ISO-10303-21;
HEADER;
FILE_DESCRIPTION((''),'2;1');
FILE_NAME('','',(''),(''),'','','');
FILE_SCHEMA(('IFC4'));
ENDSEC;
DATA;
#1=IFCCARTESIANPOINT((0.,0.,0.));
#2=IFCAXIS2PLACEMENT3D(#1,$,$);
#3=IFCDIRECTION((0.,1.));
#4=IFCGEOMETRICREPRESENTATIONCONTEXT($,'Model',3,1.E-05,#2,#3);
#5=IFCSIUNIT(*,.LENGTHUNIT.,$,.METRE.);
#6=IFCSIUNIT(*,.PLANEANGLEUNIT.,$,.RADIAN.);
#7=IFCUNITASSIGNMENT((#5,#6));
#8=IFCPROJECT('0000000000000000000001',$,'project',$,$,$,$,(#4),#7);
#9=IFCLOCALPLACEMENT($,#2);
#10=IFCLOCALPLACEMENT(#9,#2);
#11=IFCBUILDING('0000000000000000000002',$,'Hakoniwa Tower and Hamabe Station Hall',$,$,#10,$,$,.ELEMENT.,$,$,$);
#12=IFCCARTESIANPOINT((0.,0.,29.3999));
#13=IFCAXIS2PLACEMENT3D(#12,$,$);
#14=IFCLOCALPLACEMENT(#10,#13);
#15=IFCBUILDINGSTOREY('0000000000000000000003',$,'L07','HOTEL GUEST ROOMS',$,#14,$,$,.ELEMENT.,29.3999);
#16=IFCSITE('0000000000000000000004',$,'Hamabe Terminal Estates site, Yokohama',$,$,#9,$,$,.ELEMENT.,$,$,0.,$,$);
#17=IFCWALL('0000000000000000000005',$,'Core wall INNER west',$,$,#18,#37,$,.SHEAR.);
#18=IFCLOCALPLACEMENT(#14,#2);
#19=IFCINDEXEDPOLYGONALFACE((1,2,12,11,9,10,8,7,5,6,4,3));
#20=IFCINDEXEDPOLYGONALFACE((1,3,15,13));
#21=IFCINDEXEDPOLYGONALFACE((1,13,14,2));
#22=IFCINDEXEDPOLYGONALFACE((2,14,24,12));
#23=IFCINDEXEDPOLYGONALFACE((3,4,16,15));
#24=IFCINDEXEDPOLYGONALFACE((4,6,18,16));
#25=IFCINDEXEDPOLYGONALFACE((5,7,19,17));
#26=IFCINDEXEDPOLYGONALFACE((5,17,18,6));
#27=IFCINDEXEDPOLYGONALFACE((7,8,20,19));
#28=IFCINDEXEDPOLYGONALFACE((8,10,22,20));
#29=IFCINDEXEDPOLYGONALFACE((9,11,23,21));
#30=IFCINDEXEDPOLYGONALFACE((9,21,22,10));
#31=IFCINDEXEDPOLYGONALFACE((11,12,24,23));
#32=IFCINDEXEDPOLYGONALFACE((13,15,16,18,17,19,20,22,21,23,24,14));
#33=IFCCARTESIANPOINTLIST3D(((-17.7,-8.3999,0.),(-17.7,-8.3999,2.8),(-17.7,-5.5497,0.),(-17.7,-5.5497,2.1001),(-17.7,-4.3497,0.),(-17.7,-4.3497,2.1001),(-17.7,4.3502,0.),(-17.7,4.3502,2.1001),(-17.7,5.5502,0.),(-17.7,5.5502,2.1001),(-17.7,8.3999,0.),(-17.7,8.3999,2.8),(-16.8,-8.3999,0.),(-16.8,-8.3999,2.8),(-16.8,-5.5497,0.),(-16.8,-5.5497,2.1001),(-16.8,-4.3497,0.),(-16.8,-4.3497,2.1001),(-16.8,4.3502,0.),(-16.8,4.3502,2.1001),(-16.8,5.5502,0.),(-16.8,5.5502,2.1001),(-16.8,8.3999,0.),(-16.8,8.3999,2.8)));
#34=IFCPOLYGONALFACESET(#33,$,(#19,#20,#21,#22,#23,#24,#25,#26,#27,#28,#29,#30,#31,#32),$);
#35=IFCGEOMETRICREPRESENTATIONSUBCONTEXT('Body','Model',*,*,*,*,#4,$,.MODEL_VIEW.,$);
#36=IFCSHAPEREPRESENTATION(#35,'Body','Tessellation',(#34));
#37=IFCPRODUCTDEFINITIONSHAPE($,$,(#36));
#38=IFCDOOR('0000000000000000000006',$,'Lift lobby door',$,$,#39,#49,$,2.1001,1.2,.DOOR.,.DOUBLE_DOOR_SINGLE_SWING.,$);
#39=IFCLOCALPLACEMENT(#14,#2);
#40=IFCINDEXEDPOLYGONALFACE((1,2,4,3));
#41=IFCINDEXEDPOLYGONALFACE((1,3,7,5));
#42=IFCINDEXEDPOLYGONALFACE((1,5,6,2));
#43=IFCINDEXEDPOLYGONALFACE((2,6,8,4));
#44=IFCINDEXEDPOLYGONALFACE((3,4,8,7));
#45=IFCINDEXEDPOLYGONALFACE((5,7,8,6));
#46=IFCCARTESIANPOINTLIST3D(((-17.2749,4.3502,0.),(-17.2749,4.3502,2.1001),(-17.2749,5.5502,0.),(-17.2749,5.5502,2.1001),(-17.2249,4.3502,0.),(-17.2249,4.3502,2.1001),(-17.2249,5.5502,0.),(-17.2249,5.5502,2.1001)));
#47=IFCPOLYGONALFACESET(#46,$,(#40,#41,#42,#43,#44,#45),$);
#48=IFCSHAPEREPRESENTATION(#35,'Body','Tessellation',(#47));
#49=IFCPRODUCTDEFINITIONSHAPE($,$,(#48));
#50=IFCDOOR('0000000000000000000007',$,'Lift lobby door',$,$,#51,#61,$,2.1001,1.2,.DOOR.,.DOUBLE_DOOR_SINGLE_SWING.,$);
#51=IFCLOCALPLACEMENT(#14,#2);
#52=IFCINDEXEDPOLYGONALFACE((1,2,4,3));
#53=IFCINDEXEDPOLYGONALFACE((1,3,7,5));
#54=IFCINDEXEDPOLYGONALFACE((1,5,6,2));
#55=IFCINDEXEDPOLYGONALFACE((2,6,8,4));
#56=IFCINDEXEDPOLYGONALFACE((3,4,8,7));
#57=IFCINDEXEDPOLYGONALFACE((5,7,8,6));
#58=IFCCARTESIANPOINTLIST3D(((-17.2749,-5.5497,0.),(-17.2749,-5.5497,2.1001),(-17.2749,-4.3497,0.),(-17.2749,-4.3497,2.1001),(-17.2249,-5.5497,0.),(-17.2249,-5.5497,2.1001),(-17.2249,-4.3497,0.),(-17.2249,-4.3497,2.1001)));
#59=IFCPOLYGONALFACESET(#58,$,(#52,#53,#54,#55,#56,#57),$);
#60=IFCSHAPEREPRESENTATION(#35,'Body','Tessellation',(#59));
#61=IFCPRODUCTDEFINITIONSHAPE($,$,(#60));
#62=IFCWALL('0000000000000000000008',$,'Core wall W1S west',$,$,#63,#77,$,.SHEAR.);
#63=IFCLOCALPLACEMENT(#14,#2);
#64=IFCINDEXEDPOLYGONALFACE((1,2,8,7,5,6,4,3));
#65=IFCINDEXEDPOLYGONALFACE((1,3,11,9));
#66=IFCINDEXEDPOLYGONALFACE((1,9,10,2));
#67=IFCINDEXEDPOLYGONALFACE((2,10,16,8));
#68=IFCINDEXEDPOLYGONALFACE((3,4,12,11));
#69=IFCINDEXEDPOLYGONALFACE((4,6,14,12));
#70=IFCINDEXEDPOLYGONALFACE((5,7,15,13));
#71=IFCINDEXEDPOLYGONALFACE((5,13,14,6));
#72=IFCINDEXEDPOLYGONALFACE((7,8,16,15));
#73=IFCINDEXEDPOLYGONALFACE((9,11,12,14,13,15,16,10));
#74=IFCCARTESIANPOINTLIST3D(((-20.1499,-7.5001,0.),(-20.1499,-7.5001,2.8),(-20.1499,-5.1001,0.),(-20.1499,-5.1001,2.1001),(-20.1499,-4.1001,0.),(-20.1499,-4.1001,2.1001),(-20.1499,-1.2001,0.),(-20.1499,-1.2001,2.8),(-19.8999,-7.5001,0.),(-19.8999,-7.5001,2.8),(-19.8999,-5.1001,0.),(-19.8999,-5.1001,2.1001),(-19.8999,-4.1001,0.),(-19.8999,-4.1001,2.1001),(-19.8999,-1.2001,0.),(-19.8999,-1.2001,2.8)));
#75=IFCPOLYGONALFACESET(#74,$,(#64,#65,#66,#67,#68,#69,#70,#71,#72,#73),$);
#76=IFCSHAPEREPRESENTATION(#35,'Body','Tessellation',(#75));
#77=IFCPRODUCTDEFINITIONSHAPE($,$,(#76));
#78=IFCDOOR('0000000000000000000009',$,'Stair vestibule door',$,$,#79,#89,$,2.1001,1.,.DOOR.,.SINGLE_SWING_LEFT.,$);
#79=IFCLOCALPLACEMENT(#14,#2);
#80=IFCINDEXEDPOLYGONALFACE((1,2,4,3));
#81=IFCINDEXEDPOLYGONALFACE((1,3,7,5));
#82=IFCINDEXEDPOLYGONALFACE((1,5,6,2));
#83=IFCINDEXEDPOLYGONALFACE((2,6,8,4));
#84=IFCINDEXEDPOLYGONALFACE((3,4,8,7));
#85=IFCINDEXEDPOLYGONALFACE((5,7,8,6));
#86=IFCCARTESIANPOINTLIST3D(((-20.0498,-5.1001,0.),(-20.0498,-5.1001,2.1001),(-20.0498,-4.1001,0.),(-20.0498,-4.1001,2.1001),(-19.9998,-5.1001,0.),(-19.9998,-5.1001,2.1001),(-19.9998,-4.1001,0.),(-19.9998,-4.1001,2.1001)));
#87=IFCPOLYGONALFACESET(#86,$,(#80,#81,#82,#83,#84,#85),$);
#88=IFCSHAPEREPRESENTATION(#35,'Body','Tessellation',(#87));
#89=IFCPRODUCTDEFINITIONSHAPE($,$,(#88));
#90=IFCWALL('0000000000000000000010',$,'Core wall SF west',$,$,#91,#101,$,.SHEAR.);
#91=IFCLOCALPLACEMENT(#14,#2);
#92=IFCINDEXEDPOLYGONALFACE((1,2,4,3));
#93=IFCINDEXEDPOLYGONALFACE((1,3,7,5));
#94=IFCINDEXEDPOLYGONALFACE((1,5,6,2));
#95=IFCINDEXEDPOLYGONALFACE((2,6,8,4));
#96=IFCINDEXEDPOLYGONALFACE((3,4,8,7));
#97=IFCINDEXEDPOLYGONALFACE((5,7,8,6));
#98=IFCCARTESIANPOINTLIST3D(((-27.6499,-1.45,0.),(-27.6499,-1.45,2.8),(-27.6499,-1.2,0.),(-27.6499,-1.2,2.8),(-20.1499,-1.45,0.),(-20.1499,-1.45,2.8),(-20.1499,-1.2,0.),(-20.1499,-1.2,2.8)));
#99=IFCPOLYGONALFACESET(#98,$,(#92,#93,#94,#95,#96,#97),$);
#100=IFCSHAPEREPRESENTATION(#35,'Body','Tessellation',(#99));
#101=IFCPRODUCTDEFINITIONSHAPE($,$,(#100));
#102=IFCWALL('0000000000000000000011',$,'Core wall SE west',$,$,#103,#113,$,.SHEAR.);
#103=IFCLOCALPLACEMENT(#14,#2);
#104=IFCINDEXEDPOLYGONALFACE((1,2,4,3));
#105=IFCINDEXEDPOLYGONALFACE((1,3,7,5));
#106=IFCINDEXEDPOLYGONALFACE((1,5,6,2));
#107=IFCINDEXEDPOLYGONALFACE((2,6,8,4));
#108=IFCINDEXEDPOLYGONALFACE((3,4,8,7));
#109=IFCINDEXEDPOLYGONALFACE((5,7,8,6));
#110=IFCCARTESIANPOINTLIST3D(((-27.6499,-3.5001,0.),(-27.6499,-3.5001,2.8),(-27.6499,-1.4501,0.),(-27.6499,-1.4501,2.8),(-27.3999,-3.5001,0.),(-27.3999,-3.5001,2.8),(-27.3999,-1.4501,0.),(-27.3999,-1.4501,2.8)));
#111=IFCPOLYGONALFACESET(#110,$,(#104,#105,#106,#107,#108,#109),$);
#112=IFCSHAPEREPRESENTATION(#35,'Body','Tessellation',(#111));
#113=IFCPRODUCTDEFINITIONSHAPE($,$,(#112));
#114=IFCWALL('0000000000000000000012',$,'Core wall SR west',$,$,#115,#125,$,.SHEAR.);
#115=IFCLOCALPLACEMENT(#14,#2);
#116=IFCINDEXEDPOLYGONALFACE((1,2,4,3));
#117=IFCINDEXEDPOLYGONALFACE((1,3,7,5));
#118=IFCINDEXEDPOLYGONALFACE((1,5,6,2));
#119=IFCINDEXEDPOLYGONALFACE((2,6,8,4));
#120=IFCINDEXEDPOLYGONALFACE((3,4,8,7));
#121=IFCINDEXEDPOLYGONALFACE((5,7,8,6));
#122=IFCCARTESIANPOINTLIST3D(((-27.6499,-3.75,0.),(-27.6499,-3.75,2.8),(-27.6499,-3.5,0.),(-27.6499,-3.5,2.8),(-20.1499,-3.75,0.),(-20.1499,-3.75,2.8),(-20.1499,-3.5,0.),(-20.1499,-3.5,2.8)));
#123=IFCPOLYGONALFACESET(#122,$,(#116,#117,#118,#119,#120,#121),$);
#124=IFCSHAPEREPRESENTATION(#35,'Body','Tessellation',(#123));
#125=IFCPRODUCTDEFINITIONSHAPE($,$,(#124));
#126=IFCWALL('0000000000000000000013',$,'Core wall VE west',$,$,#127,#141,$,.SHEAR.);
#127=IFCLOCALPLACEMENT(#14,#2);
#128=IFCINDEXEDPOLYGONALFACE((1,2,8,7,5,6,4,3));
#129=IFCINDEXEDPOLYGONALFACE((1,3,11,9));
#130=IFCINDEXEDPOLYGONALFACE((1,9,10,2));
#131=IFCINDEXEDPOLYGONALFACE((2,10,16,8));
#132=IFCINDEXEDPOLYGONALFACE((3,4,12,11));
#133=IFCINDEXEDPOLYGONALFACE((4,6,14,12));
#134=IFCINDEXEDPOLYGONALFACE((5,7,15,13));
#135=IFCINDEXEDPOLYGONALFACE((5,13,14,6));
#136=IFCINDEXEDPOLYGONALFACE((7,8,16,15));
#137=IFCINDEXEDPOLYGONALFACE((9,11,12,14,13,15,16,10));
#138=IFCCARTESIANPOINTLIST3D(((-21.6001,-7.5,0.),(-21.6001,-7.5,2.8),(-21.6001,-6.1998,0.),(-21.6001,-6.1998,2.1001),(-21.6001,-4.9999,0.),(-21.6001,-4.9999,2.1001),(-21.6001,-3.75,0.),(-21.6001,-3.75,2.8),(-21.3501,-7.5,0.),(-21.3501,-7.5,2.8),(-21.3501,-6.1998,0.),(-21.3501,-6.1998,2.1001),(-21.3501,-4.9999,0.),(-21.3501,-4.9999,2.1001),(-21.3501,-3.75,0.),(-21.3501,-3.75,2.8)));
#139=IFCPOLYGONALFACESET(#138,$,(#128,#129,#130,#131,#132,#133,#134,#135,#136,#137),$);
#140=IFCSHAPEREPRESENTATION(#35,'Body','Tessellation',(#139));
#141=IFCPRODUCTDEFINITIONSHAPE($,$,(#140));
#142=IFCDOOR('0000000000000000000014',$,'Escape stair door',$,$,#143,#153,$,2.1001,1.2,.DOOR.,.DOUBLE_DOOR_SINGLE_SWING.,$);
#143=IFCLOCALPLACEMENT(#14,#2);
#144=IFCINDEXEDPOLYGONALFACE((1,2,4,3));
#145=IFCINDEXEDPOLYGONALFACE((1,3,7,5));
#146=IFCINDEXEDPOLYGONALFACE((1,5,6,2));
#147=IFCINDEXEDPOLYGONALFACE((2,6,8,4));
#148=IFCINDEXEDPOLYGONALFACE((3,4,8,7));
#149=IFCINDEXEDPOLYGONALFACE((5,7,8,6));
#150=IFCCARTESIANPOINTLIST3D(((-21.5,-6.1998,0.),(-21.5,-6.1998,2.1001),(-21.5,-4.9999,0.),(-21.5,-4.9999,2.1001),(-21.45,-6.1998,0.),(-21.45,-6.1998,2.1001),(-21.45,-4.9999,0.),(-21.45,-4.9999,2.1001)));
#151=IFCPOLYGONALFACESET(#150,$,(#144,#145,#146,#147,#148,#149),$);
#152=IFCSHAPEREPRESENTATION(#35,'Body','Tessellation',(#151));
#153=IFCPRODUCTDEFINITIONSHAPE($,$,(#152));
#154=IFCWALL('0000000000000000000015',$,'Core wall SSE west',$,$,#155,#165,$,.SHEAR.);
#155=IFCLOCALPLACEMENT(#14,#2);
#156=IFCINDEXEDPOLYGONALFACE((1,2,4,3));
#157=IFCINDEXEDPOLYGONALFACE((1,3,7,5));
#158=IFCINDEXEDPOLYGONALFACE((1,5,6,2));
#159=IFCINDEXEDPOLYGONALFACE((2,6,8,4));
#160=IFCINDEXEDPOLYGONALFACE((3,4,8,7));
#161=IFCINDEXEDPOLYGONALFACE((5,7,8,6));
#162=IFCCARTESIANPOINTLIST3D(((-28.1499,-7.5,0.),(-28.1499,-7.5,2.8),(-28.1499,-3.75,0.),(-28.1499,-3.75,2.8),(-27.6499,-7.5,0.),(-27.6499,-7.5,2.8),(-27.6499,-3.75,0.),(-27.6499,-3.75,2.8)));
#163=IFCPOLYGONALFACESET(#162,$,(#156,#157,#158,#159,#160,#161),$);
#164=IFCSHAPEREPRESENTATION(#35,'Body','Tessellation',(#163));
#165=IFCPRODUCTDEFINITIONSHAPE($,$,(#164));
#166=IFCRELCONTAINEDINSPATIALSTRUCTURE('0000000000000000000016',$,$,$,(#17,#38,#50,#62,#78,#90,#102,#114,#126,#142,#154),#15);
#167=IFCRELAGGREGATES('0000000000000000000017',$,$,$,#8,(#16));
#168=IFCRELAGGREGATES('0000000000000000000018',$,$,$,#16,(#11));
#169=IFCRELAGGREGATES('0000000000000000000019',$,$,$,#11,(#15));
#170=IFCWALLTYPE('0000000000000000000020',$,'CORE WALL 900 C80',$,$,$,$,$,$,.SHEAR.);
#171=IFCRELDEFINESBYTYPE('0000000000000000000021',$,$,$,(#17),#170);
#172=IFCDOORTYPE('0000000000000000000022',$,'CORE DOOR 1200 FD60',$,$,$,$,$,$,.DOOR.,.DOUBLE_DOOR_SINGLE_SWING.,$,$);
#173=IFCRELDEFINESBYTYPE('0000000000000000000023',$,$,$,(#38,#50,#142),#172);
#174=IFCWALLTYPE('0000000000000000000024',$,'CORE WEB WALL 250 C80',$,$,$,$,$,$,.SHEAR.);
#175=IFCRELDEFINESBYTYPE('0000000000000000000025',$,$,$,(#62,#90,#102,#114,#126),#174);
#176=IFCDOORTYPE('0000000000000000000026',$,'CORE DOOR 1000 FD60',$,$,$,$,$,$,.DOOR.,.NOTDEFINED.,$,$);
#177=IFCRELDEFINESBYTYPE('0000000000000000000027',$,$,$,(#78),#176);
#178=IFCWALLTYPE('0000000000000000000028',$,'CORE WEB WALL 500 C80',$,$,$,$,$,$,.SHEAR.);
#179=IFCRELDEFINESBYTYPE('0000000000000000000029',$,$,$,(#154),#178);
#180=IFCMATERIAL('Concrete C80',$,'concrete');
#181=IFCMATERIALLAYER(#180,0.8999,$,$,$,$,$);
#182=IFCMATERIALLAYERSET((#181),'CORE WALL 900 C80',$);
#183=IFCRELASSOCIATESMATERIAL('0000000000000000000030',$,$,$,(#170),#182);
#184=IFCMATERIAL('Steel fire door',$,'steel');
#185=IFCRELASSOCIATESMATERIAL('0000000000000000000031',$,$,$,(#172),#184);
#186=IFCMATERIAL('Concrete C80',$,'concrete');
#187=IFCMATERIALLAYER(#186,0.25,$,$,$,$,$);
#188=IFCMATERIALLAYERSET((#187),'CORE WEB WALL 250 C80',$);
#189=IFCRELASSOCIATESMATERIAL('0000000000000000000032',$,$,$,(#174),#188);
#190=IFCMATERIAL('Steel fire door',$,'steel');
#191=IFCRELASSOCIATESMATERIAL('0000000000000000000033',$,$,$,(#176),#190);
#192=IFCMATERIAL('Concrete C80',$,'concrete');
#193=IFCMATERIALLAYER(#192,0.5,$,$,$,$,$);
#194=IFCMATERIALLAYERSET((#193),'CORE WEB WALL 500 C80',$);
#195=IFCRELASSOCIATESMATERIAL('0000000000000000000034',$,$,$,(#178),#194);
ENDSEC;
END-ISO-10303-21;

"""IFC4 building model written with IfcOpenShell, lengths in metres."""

from ifc_helpers import new_model, si_unit, direction, frame, frame_2d, origin, place, context, subcontext, project, spatial, rectangle, extrude, material, layer, layer_set, type_object, element, fill, save


model = new_model("IFC4")

# Units and contexts
model_context = context("Model", 3, precision=1e-05, world=origin(), true_north=direction((0.0, 1.0)))
body_context = subcontext(model_context, "Body", "Model", "MODEL_VIEW")
ifc_project = project(units=[si_unit("LENGTHUNIT", "METRE"), si_unit("PLANEANGLEUNIT", "RADIAN")], contexts=[model_context])

# Site, building, storey
site_placement = place(None, origin())
site = spatial("IfcSite", under=ifc_project, at=site_placement, Name="Hamabe Terminal Estates site, Yokohama", CompositionType="ELEMENT", RefElevation=0.0)
building_placement = place(site_placement, origin())
building = spatial("IfcBuilding", under=site, at=building_placement, Name="Hakoniwa Tower and Hamabe Station Hall", CompositionType="ELEMENT")
storey_placement = place(building_placement, frame((0.0, 0.0, 29.3999)))
storey = spatial("IfcBuildingStorey", under=building, at=storey_placement, Name="L07", Description="HOTEL GUEST ROOMS", CompositionType="ELEMENT", Elevation=29.3999)

# Wall, openings, doors
ifc_material_1 = material(Name="Concrete C80", Category="concrete")
ifc_layer_1 = layer(ifc_material_1, 0.8999)
ifc_layer_set_1 = layer_set([ifc_layer_1], Name="CORE WALL 900 C80")
wall_type_1 = type_object("IfcWallType", Name="CORE WALL 900 C80", PredefinedType="SHEAR", material=ifc_layer_set_1)
wall_1_placement = place(storey_placement, frame((-17.25, -8.3999, 0.0), z_axis=(0.0, 0.0, 1.0), x_axis=(0.0, 1.0, 0.0)))
wall_1 = element("IfcWall", 1, at=wall_1_placement, inside=storey, type_object=wall_type_1, Name="Core wall INNER west", PredefinedType="SHEAR", context=body_context, shape_type="SweptSolid", body=[
    extrude(rectangle(XDim=16.7998, YDim=0.8999, at=frame_2d((8.3999, 0.0))), origin(), (0.0, 0.0, 1.0), 2.8),
])
opening_1_placement = place(wall_1_placement, frame((12.75, 0.0, 0.0)))
opening_1 = element("IfcOpeningElement", 2, at=opening_1_placement, cuts=wall_1, PredefinedType="OPENING", context=body_context, shape_type="SweptSolid", body=[
    extrude(rectangle(XDim=1.2, YDim=2.1001, at=frame_2d((0.6001, 1.05))), frame((0.0, 0.46, 0.0), z_axis=(0.0, -1.0, 0.0), x_axis=(1.0, 0.0, 0.0)), (0.0, 0.0, 1.0), 0.9199),
])
opening_2_placement = place(wall_1_placement, frame((2.8501, 0.0, 0.0)))
opening_2 = element("IfcOpeningElement", 3, at=opening_2_placement, cuts=wall_1, PredefinedType="OPENING", context=body_context, shape_type="SweptSolid", body=[
    extrude(rectangle(XDim=1.2, YDim=2.1001, at=frame_2d((0.6001, 1.05))), frame((0.0, 0.46, 0.0), z_axis=(0.0, -1.0, 0.0), x_axis=(1.0, 0.0, 0.0)), (0.0, 0.0, 1.0), 0.9199),
])
ifc_material_2 = material(Name="Steel fire door", Category="steel")
door_type_1 = type_object("IfcDoorType", Name="CORE DOOR 1200 FD60", OperationType="DOUBLE_DOOR_SINGLE_SWING", PredefinedType="DOOR", material=ifc_material_2)
door_1_placement = place(opening_1_placement, origin())
door_1 = element("IfcDoor", 4, at=door_1_placement, inside=storey, type_object=door_type_1, Name="Lift lobby door", OperationType="DOUBLE_DOOR_SINGLE_SWING", OverallHeight=2.1001, OverallWidth=1.2, PredefinedType="DOOR", context=body_context, shape_type="SweptSolid", body=[
    extrude(rectangle(XDim=1.2, YDim=2.1001, at=frame_2d((0.6001, 1.05))), frame((0.0, 0.0249, 0.0), z_axis=(0.0, -1.0, 0.0), x_axis=(1.0, 0.0, 0.0)), (0.0, 0.0, 1.0), 0.05),
])
fill(opening_1, door_1)
door_2_placement = place(opening_2_placement, origin())
door_2 = element("IfcDoor", 5, at=door_2_placement, inside=storey, type_object=door_type_1, Name="Lift lobby door", OperationType="DOUBLE_DOOR_SINGLE_SWING", OverallHeight=2.1001, OverallWidth=1.2, PredefinedType="DOOR", context=body_context, shape_type="SweptSolid", body=[
    extrude(rectangle(XDim=1.2, YDim=2.1001, at=frame_2d((0.6001, 1.05))), frame((0.0, 0.0249, 0.0), z_axis=(0.0, -1.0, 0.0), x_axis=(1.0, 0.0, 0.0)), (0.0, 0.0, 1.0), 0.05),
])
fill(opening_2, door_2)

# Wall, opening, door
ifc_material_3 = material(Name="Concrete C80", Category="concrete")
ifc_layer_2 = layer(ifc_material_3, 0.25)
ifc_layer_set_2 = layer_set([ifc_layer_2], Name="CORE WEB WALL 250 C80")
wall_type_2 = type_object("IfcWallType", Name="CORE WEB WALL 250 C80", PredefinedType="SHEAR", material=ifc_layer_set_2)
wall_2_placement = place(storey_placement, frame((-20.0249, -7.5, 0.0), z_axis=(0.0, 0.0, 1.0), x_axis=(0.0, 1.0, 0.0)))
wall_2 = element("IfcWall", 6, at=wall_2_placement, inside=storey, type_object=wall_type_2, Name="Core wall W1S west", PredefinedType="SHEAR", context=body_context, shape_type="SweptSolid", body=[
    extrude(rectangle(XDim=6.3, YDim=0.25, at=frame_2d((3.1499, 0.0))), origin(), (0.0, 0.0, 1.0), 2.8),
])
opening_3_placement = place(wall_2_placement, frame((2.3999, 0.0, 0.0)))
opening_3 = element("IfcOpeningElement", 7, at=opening_3_placement, cuts=wall_2, PredefinedType="OPENING", context=body_context, shape_type="SweptSolid", body=[
    extrude(rectangle(XDim=1.0, YDim=2.1001, at=frame_2d((0.5, 1.05))), frame((0.0, 0.135, 0.0), z_axis=(0.0, -1.0, 0.0), x_axis=(1.0, 0.0, 0.0)), (0.0, 0.0, 1.0), 0.27),
])
ifc_material_4 = material(Name="Steel fire door", Category="steel")
door_type_2 = type_object("IfcDoorType", Name="CORE DOOR 1000 FD60", OperationType="NOTDEFINED", PredefinedType="DOOR", material=ifc_material_4)
door_3_placement = place(opening_3_placement, origin())
door_3 = element("IfcDoor", 8, at=door_3_placement, inside=storey, type_object=door_type_2, Name="Stair vestibule door", OperationType="SINGLE_SWING_LEFT", OverallHeight=2.1001, OverallWidth=1.0, PredefinedType="DOOR", context=body_context, shape_type="SweptSolid", body=[
    extrude(rectangle(XDim=1.0, YDim=2.1001, at=frame_2d((0.5, 1.05))), frame((0.0, 0.0249, 0.0), z_axis=(0.0, -1.0, 0.0), x_axis=(1.0, 0.0, 0.0)), (0.0, 0.0, 1.0), 0.05),
])
fill(opening_3, door_3)

# Walls
wall_3_placement = place(storey_placement, frame((-27.6499, -1.325, 0.0), z_axis=(0.0, 0.0, 1.0), x_axis=(1.0, 0.0, 0.0)))
element("IfcWall", 9, at=wall_3_placement, inside=storey, type_object=wall_type_2, Name="Core wall SF west", PredefinedType="SHEAR", context=body_context, shape_type="SweptSolid", body=[
    extrude(rectangle(XDim=7.5, YDim=0.25, at=frame_2d((3.75, 0.0))), origin(), (0.0, 0.0, 1.0), 2.8),
])
wall_4_placement = place(storey_placement, frame((-27.5249, -3.5, 0.0), z_axis=(0.0, 0.0, 1.0), x_axis=(0.0, 1.0, 0.0)))
element("IfcWall", 10, at=wall_4_placement, inside=storey, type_object=wall_type_2, Name="Core wall SE west", PredefinedType="SHEAR", context=body_context, shape_type="SweptSolid", body=[
    extrude(rectangle(XDim=2.05, YDim=0.25, at=frame_2d((1.0249, 0.0))), origin(), (0.0, 0.0, 1.0), 2.8),
])
wall_5_placement = place(storey_placement, frame((-27.6499, -3.625, 0.0), z_axis=(0.0, 0.0, 1.0), x_axis=(1.0, 0.0, 0.0)))
element("IfcWall", 11, at=wall_5_placement, inside=storey, type_object=wall_type_2, Name="Core wall SR west", PredefinedType="SHEAR", context=body_context, shape_type="SweptSolid", body=[
    extrude(rectangle(XDim=7.5, YDim=0.25, at=frame_2d((3.75, 0.0))), origin(), (0.0, 0.0, 1.0), 2.8),
])

# Wall, opening, door
wall_6_placement = place(storey_placement, frame((-21.4751, -7.5, 0.0), z_axis=(0.0, 0.0, 1.0), x_axis=(0.0, 1.0, 0.0)))
wall_6 = element("IfcWall", 12, at=wall_6_placement, inside=storey, type_object=wall_type_2, Name="Core wall VE west", PredefinedType="SHEAR", context=body_context, shape_type="SweptSolid", body=[
    extrude(rectangle(XDim=3.75, YDim=0.25, at=frame_2d((1.875, 0.0))), origin(), (0.0, 0.0, 1.0), 2.8),
])
opening_4_placement = place(wall_6_placement, frame((1.3, 0.0, 0.0)))
opening_4 = element("IfcOpeningElement", 13, at=opening_4_placement, cuts=wall_6, PredefinedType="OPENING", context=body_context, shape_type="SweptSolid", body=[
    extrude(rectangle(XDim=1.2, YDim=2.1001, at=frame_2d((0.6001, 1.05))), frame((0.0, 0.135, 0.0), z_axis=(0.0, -1.0, 0.0), x_axis=(1.0, 0.0, 0.0)), (0.0, 0.0, 1.0), 0.27),
])
door_4_placement = place(opening_4_placement, origin())
door_4 = element("IfcDoor", 14, at=door_4_placement, inside=storey, type_object=door_type_1, Name="Escape stair door", OperationType="DOUBLE_DOOR_SINGLE_SWING", OverallHeight=2.1001, OverallWidth=1.2, PredefinedType="DOOR", context=body_context, shape_type="SweptSolid", body=[
    extrude(rectangle(XDim=1.2, YDim=2.1001, at=frame_2d((0.6001, 1.05))), frame((0.0, 0.0249, 0.0), z_axis=(0.0, -1.0, 0.0), x_axis=(1.0, 0.0, 0.0)), (0.0, 0.0, 1.0), 0.05),
])
fill(opening_4, door_4)

# Wall
ifc_material_5 = material(Name="Concrete C80", Category="concrete")
ifc_layer_3 = layer(ifc_material_5, 0.5)
ifc_layer_set_3 = layer_set([ifc_layer_3], Name="CORE WEB WALL 500 C80")
wall_type_3 = type_object("IfcWallType", Name="CORE WEB WALL 500 C80", PredefinedType="SHEAR", material=ifc_layer_set_3)
wall_7_placement = place(storey_placement, frame((-27.8999, -7.5, 0.0), z_axis=(0.0, 0.0, 1.0), x_axis=(0.0, 1.0, 0.0)))
element("IfcWall", 15, at=wall_7_placement, inside=storey, type_object=wall_type_3, Name="Core wall SSE west", PredefinedType="SHEAR", context=body_context, shape_type="SweptSolid", body=[
    extrude(rectangle(XDim=3.75, YDim=0.5, at=frame_2d((1.875, 0.0))), origin(), (0.0, 0.0, 1.0), 2.8),
])

save(model, "model.ifc")
